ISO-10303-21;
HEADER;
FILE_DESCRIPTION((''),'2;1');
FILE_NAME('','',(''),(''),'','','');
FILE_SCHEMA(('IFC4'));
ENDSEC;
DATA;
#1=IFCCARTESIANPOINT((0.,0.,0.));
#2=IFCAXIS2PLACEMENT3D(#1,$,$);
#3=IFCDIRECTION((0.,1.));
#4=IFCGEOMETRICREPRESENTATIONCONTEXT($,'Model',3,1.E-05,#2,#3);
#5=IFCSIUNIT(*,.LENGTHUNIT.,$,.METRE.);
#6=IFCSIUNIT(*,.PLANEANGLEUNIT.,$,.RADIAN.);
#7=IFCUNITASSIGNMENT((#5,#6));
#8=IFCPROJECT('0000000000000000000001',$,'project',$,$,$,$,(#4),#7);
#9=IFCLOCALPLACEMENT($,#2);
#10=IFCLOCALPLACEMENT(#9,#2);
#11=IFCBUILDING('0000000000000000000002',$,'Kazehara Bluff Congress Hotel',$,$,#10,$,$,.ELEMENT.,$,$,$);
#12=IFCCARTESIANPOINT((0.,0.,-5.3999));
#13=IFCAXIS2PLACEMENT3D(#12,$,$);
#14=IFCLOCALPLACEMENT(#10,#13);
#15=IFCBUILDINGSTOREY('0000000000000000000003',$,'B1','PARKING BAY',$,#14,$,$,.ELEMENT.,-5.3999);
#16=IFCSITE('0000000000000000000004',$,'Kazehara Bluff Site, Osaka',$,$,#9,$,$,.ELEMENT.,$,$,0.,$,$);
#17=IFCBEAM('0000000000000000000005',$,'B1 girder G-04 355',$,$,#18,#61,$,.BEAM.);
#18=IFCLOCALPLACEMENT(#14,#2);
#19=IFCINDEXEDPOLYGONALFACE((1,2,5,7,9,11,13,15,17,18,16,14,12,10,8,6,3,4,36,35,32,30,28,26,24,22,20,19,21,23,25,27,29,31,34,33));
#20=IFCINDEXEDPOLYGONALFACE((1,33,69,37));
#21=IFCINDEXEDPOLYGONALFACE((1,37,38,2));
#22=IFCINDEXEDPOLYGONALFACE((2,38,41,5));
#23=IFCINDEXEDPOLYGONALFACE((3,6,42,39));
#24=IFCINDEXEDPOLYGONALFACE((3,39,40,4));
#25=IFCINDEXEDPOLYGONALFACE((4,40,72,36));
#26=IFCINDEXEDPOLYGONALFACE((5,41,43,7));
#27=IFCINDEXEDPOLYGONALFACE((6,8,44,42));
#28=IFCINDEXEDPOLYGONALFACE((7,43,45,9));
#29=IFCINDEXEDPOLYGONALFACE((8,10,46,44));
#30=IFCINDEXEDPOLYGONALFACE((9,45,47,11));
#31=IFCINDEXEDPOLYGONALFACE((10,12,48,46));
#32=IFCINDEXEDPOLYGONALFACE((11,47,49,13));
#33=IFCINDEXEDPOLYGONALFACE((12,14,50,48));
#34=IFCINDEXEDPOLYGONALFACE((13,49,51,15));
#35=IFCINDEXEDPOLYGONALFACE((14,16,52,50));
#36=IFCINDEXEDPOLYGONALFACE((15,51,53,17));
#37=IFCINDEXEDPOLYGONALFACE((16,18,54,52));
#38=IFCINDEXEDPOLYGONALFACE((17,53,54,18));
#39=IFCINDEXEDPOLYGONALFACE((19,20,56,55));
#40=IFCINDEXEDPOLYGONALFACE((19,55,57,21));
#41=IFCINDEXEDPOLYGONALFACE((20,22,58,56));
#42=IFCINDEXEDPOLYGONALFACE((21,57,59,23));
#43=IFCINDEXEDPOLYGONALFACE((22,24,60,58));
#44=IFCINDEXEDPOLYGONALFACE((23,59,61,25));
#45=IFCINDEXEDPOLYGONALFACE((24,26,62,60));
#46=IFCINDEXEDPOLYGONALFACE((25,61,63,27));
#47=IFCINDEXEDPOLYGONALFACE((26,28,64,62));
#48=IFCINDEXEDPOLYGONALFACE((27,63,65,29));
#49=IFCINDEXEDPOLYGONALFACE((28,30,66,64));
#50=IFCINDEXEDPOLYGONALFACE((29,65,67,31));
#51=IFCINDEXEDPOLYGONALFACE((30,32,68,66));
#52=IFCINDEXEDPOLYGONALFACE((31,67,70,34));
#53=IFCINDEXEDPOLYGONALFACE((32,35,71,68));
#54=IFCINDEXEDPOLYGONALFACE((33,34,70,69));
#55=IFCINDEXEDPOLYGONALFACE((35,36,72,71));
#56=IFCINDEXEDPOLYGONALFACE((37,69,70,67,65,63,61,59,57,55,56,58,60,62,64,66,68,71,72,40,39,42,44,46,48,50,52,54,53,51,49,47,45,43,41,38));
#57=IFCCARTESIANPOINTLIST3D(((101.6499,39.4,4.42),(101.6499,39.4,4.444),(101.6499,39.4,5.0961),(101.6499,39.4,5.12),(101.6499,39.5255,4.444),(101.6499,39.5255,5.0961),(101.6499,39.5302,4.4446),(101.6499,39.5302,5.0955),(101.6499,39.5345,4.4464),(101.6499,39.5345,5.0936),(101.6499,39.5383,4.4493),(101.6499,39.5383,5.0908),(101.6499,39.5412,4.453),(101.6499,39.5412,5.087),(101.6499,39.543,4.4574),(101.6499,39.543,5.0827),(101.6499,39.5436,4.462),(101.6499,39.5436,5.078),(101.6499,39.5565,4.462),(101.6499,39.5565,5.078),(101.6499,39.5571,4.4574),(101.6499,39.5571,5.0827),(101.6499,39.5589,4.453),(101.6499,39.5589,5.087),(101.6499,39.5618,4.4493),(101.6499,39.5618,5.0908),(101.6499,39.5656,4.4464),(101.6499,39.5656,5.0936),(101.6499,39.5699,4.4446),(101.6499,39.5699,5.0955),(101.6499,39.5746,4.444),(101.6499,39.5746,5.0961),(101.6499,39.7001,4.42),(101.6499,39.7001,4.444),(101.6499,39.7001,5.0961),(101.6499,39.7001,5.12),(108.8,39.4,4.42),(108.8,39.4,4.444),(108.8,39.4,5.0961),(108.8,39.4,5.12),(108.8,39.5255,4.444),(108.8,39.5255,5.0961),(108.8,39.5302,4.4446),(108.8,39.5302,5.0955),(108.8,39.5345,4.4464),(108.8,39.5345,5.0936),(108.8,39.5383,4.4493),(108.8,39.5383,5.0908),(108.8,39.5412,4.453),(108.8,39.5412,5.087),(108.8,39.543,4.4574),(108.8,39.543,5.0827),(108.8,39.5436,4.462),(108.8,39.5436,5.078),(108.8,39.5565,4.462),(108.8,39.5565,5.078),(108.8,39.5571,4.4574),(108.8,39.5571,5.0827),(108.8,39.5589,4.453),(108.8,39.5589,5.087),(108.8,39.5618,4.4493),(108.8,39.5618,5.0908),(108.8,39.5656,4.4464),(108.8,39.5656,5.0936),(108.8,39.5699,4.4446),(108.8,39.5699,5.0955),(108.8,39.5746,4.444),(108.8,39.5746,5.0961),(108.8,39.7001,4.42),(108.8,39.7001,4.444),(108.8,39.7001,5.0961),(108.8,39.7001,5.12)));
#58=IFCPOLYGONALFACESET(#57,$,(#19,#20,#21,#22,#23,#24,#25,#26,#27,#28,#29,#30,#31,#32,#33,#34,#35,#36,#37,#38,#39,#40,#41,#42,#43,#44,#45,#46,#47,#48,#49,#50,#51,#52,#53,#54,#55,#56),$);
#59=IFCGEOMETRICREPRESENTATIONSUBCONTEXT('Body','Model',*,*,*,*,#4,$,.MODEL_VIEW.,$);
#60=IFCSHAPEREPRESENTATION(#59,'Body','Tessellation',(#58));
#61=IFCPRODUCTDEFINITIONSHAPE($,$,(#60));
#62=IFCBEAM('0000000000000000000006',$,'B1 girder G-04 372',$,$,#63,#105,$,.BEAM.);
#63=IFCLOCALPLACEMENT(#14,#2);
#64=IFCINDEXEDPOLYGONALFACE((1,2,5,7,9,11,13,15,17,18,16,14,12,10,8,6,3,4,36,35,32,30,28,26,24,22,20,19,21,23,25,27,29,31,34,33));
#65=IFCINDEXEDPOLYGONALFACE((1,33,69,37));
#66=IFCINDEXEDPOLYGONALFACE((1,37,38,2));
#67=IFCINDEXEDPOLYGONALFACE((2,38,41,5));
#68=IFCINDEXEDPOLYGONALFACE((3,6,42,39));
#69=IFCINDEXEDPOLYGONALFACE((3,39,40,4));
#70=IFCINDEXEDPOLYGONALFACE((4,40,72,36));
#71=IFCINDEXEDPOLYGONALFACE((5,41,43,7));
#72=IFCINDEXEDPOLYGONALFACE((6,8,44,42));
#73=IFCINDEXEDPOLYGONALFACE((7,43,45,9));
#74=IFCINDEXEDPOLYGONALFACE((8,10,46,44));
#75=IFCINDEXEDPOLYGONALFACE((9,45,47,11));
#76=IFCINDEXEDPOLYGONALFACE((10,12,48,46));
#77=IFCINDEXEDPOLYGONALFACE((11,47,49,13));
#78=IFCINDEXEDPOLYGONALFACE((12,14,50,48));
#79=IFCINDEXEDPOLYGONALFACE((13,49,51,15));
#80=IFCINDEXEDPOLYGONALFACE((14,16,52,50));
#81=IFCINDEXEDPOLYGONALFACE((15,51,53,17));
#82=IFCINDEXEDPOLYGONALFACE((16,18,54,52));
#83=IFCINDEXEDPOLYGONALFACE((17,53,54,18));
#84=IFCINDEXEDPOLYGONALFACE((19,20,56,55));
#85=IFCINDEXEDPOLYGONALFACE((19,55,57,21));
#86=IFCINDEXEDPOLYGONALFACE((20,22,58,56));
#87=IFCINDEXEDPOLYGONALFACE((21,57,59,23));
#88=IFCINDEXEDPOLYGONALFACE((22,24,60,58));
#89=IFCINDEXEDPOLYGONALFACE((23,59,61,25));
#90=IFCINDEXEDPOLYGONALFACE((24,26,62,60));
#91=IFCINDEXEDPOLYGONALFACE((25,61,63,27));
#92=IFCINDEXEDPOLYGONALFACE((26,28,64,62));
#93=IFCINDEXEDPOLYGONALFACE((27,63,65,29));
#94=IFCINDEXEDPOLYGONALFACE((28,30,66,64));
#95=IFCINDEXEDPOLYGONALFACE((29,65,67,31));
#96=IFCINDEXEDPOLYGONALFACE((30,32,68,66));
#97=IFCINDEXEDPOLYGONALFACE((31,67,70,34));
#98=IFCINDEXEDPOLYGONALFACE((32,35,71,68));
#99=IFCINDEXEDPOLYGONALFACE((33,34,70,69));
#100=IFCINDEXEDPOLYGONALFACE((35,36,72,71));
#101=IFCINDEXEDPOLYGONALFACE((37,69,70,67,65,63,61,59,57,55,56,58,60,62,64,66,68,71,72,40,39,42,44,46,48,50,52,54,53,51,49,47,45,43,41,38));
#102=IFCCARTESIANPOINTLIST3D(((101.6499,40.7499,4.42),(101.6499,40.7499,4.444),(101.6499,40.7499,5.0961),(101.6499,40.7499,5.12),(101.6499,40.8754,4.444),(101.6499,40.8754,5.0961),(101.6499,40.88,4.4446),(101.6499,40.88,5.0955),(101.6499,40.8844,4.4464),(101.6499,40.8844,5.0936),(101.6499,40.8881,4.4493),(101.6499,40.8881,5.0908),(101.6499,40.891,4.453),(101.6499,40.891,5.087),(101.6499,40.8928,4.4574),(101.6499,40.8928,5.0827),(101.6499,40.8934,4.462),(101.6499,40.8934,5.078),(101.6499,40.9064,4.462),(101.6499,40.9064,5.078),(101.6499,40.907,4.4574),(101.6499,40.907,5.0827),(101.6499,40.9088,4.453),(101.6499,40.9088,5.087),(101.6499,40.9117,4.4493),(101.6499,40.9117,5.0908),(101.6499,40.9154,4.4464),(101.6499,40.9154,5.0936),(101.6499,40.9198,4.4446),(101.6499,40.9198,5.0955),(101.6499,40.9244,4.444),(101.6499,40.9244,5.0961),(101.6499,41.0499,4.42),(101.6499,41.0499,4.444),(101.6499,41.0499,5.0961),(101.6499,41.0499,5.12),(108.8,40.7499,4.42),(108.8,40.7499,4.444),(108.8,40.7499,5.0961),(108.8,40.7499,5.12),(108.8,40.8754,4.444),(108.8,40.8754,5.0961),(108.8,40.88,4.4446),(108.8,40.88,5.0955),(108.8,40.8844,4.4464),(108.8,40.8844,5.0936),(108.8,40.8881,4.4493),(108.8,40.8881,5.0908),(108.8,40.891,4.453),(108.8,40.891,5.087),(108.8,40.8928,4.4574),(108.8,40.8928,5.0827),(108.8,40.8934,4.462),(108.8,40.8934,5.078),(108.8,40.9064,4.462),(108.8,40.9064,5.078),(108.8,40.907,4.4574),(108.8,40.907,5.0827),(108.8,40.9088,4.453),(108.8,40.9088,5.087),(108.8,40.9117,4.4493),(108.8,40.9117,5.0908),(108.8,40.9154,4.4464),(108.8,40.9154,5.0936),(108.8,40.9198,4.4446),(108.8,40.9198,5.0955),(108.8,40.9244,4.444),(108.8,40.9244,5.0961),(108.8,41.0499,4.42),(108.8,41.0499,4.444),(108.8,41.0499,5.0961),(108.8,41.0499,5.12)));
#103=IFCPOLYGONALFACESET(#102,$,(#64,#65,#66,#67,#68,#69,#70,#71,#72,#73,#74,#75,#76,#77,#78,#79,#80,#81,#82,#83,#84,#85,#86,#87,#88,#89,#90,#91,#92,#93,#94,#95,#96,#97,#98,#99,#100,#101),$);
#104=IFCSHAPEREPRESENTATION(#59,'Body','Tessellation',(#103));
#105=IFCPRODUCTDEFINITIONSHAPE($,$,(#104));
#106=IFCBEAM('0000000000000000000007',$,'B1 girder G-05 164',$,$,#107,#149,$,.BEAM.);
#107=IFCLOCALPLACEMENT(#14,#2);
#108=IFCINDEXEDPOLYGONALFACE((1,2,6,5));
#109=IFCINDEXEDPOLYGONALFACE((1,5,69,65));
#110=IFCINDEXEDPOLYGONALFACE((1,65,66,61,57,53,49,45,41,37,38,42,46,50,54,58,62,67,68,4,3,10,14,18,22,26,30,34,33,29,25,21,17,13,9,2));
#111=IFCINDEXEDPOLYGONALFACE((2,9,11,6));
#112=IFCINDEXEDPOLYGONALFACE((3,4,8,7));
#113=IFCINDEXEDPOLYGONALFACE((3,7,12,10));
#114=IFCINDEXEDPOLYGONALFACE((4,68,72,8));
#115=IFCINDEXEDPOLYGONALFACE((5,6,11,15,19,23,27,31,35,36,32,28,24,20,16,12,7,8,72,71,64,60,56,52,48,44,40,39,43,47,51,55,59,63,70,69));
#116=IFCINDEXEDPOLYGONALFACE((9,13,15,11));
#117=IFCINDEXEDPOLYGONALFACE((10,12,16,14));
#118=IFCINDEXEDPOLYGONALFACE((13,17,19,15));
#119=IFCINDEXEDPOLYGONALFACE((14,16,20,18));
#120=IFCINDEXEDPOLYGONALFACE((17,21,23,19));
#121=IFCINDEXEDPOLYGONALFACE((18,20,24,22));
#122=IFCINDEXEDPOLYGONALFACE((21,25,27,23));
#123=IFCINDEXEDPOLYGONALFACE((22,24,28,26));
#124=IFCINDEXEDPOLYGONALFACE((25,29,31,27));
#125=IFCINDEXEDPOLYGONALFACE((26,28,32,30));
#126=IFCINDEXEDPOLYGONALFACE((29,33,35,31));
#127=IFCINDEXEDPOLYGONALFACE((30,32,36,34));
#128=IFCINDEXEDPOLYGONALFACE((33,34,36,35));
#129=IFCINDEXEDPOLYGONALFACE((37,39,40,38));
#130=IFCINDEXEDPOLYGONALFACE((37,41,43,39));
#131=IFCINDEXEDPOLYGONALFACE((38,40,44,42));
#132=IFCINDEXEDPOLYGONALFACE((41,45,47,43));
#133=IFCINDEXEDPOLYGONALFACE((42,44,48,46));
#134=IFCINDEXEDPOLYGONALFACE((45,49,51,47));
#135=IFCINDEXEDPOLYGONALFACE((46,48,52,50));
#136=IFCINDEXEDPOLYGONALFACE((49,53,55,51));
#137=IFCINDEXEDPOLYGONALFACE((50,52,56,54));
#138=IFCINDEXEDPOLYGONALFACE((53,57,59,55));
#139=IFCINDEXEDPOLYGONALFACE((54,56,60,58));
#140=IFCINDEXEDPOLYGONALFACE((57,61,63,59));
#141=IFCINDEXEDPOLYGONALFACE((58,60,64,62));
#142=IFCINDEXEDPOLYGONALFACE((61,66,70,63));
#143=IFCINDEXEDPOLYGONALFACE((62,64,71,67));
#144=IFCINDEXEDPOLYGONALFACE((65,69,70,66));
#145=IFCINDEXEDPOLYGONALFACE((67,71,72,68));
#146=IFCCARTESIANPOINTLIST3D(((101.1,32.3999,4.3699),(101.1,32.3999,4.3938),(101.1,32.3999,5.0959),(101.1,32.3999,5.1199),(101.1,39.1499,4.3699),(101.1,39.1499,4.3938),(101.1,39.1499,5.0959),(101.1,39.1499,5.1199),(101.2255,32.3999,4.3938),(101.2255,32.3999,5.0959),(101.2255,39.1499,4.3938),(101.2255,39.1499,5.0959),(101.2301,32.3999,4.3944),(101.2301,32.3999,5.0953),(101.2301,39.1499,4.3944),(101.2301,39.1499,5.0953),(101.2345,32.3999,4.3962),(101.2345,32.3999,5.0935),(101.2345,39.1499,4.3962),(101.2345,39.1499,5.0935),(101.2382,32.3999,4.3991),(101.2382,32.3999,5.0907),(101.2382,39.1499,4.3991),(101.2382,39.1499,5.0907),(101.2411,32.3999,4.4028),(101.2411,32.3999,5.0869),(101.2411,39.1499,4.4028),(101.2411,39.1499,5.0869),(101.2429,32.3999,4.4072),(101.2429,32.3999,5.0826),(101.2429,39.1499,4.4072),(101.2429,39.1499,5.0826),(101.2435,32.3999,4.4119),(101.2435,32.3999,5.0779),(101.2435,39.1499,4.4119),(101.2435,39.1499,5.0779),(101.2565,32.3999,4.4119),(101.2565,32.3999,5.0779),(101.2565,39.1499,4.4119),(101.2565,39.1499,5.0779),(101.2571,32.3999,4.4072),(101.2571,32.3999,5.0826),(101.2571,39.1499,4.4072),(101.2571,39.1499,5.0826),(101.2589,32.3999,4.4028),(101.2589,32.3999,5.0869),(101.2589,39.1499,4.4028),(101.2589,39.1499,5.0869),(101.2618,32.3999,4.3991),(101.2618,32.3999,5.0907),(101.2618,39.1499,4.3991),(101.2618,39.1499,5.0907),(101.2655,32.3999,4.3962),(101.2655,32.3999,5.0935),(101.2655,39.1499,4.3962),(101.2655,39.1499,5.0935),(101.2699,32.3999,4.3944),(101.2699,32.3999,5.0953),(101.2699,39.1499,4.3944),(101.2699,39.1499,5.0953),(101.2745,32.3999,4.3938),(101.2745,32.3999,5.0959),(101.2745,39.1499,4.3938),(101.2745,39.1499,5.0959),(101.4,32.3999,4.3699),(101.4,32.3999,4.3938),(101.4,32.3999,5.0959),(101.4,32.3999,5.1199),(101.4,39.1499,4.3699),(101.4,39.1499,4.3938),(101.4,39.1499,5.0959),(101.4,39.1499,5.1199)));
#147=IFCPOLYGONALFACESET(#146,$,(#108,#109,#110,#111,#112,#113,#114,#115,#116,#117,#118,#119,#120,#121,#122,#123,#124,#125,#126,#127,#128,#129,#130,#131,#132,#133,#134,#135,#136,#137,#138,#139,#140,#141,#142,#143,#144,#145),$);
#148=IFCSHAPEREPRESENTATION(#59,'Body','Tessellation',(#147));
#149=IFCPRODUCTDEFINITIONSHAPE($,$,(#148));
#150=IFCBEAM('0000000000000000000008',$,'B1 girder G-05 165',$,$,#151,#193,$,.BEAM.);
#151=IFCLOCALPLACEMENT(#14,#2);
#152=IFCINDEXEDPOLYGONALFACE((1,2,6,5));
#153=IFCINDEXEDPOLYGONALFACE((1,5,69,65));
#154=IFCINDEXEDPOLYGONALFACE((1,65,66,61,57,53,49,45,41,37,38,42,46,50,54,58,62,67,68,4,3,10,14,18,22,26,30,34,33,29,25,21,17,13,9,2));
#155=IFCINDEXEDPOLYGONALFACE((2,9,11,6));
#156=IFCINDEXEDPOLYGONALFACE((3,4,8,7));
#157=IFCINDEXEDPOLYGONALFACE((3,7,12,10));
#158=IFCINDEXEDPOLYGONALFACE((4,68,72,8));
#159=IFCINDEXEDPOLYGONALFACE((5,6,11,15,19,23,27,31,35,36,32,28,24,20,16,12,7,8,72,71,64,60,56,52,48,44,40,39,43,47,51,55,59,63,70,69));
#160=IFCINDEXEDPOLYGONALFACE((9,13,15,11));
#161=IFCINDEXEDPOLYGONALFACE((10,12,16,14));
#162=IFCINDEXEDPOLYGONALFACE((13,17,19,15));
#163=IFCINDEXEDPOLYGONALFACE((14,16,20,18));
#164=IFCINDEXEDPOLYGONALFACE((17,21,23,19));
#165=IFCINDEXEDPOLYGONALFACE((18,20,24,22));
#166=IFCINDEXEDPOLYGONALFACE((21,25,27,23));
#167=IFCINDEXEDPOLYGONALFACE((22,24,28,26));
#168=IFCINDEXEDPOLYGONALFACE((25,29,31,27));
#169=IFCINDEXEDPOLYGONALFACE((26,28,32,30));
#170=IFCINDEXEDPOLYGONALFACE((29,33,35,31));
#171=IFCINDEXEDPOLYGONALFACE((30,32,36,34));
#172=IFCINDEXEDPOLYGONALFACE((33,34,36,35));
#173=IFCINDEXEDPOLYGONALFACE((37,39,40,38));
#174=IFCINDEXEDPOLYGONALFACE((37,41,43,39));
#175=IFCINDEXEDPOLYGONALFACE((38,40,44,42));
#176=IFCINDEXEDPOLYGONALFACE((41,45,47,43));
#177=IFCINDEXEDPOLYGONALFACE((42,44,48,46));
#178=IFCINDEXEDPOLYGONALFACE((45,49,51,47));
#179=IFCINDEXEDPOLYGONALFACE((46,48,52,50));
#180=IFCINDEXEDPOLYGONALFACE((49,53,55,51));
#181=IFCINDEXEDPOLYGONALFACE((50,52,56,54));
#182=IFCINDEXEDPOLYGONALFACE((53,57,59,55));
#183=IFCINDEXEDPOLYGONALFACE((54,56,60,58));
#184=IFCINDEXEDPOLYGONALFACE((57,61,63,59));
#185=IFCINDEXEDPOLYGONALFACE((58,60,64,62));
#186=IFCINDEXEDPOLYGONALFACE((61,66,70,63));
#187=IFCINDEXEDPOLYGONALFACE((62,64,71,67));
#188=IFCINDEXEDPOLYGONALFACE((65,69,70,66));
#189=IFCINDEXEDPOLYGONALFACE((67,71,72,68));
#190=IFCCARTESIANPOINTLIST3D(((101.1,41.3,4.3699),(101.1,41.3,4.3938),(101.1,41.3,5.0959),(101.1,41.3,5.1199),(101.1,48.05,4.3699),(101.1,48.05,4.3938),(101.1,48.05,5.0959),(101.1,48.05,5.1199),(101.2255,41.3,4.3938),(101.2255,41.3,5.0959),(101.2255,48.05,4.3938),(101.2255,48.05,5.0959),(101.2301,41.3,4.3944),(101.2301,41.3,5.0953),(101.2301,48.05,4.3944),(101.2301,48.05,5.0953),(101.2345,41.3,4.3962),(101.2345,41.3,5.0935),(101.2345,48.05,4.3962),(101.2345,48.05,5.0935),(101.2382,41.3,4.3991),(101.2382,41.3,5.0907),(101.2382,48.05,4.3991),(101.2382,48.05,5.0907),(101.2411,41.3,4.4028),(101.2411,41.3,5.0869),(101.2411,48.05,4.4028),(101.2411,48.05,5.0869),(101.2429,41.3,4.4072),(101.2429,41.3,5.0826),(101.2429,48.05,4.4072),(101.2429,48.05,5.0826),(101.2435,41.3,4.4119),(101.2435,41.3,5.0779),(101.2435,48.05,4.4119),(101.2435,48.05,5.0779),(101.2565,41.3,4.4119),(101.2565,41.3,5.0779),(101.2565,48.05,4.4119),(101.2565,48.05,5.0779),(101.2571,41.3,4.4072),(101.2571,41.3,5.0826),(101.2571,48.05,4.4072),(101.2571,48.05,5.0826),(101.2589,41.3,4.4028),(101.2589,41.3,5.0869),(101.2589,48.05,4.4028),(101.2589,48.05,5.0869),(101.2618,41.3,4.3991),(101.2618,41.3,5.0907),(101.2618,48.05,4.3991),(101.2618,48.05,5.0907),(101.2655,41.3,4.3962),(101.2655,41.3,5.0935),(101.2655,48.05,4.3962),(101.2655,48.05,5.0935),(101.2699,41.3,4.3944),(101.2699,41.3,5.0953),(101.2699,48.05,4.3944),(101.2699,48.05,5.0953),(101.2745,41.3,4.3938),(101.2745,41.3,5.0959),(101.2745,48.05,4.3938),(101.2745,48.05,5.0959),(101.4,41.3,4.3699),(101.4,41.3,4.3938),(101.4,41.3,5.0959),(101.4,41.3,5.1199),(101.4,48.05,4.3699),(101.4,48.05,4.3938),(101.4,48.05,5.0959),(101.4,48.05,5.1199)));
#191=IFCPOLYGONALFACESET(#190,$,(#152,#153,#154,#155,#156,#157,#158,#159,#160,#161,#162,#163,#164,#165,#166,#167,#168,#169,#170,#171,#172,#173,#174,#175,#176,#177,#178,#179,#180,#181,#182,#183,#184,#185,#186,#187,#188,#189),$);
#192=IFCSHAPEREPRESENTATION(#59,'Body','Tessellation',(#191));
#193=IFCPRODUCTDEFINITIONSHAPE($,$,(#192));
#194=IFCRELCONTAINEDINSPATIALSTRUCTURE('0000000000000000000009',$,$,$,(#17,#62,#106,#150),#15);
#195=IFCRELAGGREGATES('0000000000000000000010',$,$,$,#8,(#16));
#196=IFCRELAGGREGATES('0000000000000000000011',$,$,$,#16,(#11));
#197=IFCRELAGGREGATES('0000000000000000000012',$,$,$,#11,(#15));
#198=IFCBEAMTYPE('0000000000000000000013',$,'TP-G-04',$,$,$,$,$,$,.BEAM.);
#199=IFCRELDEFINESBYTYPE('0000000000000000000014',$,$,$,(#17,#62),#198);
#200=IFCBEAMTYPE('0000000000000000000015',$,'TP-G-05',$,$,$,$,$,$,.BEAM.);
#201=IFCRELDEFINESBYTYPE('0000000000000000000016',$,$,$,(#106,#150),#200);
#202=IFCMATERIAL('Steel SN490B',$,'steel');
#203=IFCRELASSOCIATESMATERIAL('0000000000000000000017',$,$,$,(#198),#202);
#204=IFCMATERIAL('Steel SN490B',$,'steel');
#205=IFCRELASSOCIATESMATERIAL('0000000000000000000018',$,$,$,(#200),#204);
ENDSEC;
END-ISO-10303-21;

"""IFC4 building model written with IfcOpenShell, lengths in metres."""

from ifc_helpers import new_model, si_unit, direction, frame, origin, origin_2d, place, context, subcontext, project, spatial, i_section, extrude, material, material_profile, profile_set, type_object, element, save


model = new_model("IFC4")

# Units and contexts
model_context = context("Model", 3, precision=1e-05, world=origin(), true_north=direction((0.0, 1.0)))
body_context = subcontext(model_context, "Body", "Model", "MODEL_VIEW")
ifc_project = project(units=[si_unit("LENGTHUNIT", "METRE"), si_unit("PLANEANGLEUNIT", "RADIAN")], contexts=[model_context])

# Site, building, storey
site_placement = place(None, origin())
site = spatial("IfcSite", under=ifc_project, at=site_placement, Name="Kazehara Bluff Site, Osaka", CompositionType="ELEMENT", RefElevation=0.0)
building_placement = place(site_placement, origin())
building = spatial("IfcBuilding", under=site, at=building_placement, Name="Kazehara Bluff Congress Hotel", CompositionType="ELEMENT")
storey_placement = place(building_placement, frame((0.0, 0.0, -5.3999)))
storey = spatial("IfcBuildingStorey", under=building, at=storey_placement, Name="B1", Description="PARKING BAY", CompositionType="ELEMENT", Elevation=-5.3999)

# Beams
ifc_material_1 = material(Name="Steel SN490B", Category="steel")
ifc_material_profile_1 = material_profile(ifc_material_1, i_section(OverallWidth=0.3, OverallDepth=0.7, WebThickness=0.0129, FlangeThickness=0.0239, FilletRadius=0.0181, at=origin_2d()))
ifc_profile_set_1 = profile_set([ifc_material_profile_1], Name="Steel SN490B")
beam_type_1 = type_object("IfcBeamType", Name="TP-G-04", PredefinedType="BEAM", material=ifc_profile_set_1)
for number, where, z_axis, x_axis, name in (
    (1, (101.6499, 39.55, 4.77), (1.0, 0.0, 0.0), (0.0, 1.0, 0.0), "B1 girder G-04 355"),
    (2, (101.6499, 40.8999, 4.77), (1.0, 0.0, 0.0), (0.0, 1.0, 0.0), "B1 girder G-04 372"),
):
    element("IfcBeam", number, at=place(storey_placement, frame(where, z_axis=z_axis, x_axis=x_axis)), inside=storey, type_object=beam_type_1, Name=name, PredefinedType="BEAM", context=body_context, shape_type="SweptSolid", body=[
        extrude(i_section(OverallWidth=0.3, OverallDepth=0.7, WebThickness=0.0129, FlangeThickness=0.0239, FilletRadius=0.0181, at=origin_2d()), origin(), (0.0, 0.0, 1.0), 7.1501),
    ])
ifc_material_2 = material(Name="Steel SN490B", Category="steel")
ifc_material_profile_2 = material_profile(ifc_material_2, i_section(OverallWidth=0.3, OverallDepth=0.75, WebThickness=0.0129, FlangeThickness=0.0239, FilletRadius=0.0181, at=origin_2d()))
ifc_profile_set_2 = profile_set([ifc_material_profile_2], Name="Steel SN490B")
beam_type_2 = type_object("IfcBeamType", Name="TP-G-05", PredefinedType="BEAM", material=ifc_profile_set_2)
for number, where, z_axis, x_axis, name in (
    (3, (101.25, 32.3999, 4.7449), (0.0, 1.0, 0.0), (-1.0, 0.0, 0.0), "B1 girder G-05 164"),
    (4, (101.25, 41.3, 4.7449), (0.0, 1.0, 0.0), (-1.0, 0.0, 0.0), "B1 girder G-05 165"),
):
    element("IfcBeam", number, at=place(storey_placement, frame(where, z_axis=z_axis, x_axis=x_axis)), inside=storey, type_object=beam_type_2, Name=name, PredefinedType="BEAM", context=body_context, shape_type="SweptSolid", body=[
        extrude(i_section(OverallWidth=0.3, OverallDepth=0.75, WebThickness=0.0129, FlangeThickness=0.0239, FilletRadius=0.0181, at=origin_2d()), origin(), (0.0, 0.0, 1.0), 6.75),
    ])

save(model, "model.ifc")
